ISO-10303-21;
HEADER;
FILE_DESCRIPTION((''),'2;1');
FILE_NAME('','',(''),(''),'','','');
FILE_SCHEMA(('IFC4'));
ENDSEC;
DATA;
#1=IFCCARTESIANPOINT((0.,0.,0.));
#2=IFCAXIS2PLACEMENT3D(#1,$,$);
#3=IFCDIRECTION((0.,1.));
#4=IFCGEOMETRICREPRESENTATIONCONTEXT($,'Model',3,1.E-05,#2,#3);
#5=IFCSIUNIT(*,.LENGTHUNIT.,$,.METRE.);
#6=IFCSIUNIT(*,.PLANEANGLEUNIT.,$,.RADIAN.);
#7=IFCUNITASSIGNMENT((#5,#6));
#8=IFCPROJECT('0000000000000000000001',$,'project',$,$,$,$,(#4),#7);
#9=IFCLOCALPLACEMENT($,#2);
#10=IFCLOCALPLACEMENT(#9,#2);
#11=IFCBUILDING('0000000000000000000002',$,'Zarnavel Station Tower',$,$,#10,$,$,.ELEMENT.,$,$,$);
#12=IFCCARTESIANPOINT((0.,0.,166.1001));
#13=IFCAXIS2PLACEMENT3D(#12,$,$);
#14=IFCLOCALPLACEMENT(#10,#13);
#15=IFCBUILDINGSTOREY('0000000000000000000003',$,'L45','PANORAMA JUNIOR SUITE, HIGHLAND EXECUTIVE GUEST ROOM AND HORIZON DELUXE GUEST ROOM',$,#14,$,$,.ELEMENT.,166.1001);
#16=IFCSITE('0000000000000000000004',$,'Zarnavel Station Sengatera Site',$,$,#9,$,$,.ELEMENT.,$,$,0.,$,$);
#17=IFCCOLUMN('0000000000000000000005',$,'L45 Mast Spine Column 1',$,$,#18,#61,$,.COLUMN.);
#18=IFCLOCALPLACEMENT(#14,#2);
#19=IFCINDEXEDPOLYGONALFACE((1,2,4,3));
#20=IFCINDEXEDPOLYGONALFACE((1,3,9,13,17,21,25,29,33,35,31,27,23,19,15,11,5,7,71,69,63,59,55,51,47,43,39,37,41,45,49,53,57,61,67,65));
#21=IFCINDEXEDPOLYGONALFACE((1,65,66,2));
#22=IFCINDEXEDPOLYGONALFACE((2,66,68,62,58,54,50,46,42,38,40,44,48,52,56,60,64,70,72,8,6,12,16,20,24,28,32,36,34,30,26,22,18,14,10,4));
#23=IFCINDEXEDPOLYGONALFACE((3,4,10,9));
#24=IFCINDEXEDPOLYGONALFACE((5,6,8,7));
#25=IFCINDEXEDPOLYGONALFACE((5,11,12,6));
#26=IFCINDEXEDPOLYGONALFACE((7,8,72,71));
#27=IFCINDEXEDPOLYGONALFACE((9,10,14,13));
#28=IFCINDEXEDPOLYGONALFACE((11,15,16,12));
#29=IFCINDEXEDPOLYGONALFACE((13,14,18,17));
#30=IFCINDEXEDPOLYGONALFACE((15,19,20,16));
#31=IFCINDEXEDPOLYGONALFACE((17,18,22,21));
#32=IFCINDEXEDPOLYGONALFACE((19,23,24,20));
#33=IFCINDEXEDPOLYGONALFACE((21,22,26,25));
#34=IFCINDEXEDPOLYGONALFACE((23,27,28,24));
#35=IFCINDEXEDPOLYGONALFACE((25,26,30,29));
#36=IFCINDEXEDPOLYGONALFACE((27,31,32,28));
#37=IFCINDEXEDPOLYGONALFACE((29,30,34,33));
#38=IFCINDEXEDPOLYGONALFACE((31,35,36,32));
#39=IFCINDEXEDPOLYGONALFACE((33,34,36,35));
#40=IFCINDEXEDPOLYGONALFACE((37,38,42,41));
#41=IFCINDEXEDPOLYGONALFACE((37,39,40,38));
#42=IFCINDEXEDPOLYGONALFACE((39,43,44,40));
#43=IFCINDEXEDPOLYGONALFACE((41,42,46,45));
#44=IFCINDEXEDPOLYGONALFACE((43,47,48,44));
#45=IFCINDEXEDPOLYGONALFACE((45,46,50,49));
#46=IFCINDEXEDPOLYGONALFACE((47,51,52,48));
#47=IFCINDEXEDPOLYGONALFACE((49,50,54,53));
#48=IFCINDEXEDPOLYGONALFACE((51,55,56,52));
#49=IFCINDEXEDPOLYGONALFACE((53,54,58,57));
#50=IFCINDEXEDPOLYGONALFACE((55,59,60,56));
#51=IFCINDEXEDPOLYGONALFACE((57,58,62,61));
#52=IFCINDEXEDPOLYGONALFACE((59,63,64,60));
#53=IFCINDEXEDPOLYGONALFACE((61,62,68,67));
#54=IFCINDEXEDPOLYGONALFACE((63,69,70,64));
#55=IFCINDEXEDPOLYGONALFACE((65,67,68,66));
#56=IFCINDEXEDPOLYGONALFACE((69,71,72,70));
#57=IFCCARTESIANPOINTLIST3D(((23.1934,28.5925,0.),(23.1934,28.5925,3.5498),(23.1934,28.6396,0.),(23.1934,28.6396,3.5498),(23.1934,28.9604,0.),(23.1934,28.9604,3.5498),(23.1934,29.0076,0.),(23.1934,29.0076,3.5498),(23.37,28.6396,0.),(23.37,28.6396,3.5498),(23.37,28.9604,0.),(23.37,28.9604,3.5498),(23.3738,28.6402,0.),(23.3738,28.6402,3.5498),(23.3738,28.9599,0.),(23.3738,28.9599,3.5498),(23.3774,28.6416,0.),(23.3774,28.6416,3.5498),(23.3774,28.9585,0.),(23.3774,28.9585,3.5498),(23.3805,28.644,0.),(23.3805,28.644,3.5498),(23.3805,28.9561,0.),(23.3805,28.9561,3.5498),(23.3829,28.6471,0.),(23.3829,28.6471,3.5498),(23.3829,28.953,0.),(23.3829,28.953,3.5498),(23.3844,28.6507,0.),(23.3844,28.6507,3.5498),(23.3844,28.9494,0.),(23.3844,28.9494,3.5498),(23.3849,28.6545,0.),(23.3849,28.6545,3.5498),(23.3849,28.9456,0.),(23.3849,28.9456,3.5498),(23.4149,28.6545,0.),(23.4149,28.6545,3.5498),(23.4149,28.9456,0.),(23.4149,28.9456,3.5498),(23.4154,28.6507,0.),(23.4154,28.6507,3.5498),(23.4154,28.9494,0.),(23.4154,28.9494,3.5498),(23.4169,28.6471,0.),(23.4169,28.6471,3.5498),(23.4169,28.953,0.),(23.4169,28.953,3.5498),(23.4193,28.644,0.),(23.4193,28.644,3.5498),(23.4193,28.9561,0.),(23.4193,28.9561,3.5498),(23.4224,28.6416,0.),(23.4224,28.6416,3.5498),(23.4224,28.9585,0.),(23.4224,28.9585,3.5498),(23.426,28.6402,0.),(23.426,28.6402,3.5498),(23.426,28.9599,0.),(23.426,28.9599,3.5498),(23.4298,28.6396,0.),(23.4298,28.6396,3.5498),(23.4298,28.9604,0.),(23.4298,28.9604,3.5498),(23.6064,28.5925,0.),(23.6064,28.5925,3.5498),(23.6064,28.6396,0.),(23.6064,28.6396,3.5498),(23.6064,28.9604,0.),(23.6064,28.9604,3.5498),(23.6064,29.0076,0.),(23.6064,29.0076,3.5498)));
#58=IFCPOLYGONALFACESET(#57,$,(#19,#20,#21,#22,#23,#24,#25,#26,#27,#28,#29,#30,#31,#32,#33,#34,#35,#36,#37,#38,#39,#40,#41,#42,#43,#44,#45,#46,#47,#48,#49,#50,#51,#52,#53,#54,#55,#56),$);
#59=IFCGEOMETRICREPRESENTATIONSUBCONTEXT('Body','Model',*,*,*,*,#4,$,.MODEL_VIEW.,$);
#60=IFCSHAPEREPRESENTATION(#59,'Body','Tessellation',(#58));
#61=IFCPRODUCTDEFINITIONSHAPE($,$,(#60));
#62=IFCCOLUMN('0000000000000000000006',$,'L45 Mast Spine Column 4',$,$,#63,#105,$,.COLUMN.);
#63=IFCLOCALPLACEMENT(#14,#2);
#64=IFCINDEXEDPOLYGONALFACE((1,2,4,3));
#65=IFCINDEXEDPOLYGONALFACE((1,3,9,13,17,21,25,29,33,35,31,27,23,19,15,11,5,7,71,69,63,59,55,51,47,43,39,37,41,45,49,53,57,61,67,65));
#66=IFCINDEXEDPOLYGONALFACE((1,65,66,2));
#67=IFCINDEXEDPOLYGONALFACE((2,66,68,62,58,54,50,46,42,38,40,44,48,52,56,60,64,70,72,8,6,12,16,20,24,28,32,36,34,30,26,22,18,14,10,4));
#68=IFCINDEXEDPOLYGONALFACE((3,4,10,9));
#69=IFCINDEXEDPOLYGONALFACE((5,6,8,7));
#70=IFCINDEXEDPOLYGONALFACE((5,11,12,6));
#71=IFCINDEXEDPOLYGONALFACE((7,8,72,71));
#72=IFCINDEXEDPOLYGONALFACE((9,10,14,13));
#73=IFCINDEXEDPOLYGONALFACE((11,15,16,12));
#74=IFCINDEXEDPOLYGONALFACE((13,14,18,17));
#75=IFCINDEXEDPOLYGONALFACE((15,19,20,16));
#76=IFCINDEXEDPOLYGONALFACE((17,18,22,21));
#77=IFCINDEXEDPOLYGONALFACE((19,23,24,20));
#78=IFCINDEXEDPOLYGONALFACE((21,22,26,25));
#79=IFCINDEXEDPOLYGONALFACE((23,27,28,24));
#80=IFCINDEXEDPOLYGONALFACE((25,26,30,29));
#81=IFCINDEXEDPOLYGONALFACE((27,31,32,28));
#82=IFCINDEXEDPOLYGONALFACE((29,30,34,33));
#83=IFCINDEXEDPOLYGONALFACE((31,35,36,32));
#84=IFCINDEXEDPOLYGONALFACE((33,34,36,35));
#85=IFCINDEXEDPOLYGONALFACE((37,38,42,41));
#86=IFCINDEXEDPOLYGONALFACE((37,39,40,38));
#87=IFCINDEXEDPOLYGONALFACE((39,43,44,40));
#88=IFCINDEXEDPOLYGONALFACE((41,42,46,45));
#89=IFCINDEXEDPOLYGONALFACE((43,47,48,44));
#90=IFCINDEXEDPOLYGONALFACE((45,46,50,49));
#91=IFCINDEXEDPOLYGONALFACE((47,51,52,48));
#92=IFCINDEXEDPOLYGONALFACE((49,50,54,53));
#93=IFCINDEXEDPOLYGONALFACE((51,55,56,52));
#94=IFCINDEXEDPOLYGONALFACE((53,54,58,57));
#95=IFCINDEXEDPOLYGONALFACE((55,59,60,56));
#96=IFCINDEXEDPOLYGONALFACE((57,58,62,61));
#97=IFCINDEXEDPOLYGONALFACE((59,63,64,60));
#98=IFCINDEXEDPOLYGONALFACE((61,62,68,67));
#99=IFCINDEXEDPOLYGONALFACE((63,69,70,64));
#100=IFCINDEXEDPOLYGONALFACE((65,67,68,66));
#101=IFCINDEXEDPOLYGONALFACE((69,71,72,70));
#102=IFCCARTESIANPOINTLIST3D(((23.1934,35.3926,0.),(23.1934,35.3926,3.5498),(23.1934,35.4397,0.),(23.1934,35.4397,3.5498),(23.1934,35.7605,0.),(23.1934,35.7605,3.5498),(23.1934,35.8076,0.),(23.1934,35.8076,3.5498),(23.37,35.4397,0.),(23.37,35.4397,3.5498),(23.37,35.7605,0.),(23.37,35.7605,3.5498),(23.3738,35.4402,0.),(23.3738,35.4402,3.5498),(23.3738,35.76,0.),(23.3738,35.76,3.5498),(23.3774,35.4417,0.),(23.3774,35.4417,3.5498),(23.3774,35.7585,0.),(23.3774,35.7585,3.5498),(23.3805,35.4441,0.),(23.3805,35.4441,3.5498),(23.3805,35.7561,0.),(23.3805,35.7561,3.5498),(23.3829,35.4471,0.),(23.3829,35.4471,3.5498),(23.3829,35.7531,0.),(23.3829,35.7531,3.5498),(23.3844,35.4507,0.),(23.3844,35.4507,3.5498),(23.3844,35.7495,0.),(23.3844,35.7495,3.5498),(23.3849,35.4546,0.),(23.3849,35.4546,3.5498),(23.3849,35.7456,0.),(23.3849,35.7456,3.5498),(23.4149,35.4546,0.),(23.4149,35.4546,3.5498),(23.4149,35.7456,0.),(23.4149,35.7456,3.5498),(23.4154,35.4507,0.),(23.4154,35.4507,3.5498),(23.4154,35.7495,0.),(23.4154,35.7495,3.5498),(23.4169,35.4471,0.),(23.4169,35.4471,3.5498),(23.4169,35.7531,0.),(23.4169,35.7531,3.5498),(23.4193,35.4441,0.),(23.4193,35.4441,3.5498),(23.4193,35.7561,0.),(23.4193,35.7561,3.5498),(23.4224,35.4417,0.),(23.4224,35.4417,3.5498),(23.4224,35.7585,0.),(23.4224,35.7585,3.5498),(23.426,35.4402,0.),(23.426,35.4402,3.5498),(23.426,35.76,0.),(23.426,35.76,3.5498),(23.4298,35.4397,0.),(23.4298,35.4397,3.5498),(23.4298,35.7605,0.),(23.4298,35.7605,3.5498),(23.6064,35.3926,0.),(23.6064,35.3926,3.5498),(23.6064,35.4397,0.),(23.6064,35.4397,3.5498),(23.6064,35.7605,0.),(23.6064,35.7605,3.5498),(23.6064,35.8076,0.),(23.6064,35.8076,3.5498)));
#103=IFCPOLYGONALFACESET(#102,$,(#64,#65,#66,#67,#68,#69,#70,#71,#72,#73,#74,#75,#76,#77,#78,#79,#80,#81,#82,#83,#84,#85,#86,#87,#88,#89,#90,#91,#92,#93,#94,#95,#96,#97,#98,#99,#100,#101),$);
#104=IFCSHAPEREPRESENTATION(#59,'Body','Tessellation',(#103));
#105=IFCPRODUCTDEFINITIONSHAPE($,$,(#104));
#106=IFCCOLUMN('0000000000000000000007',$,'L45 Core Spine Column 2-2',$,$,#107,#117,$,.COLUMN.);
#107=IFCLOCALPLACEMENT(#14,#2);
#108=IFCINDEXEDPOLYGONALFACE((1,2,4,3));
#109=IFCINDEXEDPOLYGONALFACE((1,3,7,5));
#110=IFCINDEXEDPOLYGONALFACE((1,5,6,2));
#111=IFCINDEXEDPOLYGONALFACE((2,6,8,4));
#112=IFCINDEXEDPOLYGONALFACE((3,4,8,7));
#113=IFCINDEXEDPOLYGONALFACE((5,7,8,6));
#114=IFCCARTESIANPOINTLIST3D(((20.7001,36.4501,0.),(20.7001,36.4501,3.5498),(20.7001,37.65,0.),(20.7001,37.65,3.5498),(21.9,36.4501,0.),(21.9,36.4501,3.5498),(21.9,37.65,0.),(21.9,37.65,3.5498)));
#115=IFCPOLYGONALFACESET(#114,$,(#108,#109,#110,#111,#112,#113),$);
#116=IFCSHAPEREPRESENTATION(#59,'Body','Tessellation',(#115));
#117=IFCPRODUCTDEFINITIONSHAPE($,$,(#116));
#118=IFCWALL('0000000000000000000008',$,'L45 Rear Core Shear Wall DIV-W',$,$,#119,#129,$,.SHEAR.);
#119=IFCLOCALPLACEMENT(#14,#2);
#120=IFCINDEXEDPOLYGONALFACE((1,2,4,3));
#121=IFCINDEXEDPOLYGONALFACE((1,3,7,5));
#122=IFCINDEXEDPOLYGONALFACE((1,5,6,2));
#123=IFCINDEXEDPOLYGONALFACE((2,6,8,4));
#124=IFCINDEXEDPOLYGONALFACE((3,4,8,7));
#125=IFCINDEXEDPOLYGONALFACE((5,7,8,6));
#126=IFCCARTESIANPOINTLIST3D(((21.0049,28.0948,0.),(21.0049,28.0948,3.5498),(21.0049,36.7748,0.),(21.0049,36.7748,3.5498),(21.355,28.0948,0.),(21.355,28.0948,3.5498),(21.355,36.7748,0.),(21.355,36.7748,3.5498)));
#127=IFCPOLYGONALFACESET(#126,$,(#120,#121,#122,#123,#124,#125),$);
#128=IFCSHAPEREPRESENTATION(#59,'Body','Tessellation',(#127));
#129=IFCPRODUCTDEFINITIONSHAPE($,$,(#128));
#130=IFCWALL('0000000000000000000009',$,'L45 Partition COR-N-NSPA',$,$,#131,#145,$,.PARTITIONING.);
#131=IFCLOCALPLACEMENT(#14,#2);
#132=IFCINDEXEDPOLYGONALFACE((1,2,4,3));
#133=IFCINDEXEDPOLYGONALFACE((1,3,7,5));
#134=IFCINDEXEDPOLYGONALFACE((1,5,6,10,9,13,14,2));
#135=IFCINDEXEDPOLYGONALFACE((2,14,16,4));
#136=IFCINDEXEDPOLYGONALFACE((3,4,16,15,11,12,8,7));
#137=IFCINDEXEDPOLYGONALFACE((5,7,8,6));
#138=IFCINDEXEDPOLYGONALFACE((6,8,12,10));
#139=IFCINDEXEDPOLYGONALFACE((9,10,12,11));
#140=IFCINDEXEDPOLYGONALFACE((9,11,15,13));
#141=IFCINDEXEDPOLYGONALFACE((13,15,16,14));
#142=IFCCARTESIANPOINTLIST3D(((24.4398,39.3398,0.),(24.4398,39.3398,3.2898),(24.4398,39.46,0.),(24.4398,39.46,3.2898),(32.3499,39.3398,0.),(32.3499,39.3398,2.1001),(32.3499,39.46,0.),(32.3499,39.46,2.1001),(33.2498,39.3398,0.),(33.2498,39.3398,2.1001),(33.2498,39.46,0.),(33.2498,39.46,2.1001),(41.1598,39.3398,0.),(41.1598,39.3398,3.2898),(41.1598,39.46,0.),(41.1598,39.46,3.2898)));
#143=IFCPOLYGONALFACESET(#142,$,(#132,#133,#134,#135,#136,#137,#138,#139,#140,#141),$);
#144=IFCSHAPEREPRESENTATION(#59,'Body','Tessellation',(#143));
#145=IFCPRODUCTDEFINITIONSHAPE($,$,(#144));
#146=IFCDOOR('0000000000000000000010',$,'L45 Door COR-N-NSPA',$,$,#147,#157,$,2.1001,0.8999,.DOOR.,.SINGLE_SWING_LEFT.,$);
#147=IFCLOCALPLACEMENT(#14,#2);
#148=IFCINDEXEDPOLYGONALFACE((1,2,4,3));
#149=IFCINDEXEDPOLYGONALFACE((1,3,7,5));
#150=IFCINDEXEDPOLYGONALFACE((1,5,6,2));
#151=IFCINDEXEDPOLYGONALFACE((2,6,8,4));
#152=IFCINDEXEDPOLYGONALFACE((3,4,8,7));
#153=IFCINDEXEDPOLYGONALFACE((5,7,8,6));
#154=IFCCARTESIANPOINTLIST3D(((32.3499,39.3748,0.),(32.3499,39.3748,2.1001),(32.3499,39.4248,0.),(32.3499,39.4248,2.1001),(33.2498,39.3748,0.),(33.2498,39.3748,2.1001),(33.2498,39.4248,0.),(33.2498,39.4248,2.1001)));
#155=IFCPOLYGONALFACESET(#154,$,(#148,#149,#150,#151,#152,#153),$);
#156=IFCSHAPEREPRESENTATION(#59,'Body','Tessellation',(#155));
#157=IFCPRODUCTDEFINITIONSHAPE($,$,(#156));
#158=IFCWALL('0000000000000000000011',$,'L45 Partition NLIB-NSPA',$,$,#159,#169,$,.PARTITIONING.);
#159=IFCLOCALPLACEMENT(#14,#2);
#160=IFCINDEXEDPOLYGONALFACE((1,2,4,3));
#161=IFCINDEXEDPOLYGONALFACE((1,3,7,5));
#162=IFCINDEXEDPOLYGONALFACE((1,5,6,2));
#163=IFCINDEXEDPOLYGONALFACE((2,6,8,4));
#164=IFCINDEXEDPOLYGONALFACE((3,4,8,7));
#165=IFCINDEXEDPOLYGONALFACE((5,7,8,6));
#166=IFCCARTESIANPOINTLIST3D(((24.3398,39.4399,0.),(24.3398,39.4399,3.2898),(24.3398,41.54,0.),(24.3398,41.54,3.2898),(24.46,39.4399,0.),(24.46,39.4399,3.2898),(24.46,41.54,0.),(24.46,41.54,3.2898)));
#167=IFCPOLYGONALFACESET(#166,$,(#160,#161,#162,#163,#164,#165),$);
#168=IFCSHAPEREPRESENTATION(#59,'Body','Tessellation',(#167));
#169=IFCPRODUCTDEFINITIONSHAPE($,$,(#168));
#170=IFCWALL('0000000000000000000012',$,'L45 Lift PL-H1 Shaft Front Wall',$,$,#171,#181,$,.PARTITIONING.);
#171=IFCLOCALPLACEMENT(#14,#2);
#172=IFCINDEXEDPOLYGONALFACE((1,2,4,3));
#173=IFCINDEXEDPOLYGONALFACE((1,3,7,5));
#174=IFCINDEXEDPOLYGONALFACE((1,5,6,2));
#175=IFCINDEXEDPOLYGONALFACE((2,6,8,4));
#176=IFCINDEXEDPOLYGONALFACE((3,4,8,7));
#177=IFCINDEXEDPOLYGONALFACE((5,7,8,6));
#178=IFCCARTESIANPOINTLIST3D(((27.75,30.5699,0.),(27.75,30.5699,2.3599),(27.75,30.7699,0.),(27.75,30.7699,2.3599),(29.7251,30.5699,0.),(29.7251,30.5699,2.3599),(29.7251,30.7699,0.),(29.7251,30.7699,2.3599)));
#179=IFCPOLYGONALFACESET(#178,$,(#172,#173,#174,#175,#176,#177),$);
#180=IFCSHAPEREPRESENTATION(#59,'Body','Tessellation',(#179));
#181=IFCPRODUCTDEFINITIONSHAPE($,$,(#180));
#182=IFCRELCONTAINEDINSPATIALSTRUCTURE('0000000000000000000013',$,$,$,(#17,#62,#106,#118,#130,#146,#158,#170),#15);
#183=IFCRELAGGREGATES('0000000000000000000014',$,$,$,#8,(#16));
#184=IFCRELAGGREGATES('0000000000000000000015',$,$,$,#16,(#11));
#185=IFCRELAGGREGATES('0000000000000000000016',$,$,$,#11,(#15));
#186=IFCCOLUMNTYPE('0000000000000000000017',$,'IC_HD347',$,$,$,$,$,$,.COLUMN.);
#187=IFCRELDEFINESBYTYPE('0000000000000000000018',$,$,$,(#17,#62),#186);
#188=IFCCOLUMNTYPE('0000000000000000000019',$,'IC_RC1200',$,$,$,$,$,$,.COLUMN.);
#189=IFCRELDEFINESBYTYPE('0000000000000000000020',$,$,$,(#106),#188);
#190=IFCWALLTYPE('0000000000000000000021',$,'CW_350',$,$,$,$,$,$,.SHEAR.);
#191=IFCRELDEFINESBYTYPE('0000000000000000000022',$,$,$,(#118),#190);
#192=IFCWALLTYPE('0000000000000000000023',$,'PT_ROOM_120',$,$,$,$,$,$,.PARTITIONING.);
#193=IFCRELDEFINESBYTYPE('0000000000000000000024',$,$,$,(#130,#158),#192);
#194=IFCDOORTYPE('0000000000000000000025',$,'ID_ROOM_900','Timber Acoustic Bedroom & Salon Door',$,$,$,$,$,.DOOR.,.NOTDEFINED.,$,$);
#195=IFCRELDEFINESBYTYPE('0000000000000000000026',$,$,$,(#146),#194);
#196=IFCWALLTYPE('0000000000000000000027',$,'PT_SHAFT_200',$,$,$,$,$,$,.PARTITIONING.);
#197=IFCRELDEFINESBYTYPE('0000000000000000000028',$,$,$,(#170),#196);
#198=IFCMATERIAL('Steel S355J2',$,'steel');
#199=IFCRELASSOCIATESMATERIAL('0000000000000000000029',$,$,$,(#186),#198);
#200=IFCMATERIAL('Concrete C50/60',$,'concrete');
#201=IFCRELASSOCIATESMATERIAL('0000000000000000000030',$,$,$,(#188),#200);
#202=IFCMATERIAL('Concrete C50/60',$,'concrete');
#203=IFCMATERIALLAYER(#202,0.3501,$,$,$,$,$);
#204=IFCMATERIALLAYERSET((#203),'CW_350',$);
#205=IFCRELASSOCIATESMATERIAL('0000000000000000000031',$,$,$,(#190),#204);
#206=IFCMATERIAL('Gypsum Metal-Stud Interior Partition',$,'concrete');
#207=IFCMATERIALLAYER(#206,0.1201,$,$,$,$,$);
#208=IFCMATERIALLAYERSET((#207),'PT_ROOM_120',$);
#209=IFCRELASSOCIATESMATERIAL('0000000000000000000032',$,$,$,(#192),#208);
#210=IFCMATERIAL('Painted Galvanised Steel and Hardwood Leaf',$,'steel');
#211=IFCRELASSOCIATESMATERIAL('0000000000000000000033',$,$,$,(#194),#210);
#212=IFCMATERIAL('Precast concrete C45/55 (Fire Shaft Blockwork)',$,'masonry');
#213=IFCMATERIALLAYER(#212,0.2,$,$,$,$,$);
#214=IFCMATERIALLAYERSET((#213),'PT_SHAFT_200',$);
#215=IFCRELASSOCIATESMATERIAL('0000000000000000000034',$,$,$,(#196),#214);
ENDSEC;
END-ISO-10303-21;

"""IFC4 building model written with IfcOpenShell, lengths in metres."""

from ifc_helpers import new_model, si_unit, direction, frame, frame_2d, origin, origin_2d, place, context, subcontext, project, spatial, rectangle, i_section, extrude, material, layer, layer_set, material_profile, profile_set, type_object, element, fill, save


model = new_model("IFC4")

# Units and contexts
model_context = context("Model", 3, precision=1e-05, world=origin(), true_north=direction((0.0, 1.0)))
body_context = subcontext(model_context, "Body", "Model", "MODEL_VIEW")
ifc_project = project(units=[si_unit("LENGTHUNIT", "METRE"), si_unit("PLANEANGLEUNIT", "RADIAN")], contexts=[model_context])

# Site, building, storey
site_placement = place(None, origin())
site = spatial("IfcSite", under=ifc_project, at=site_placement, Name="Zarnavel Station Sengatera Site", CompositionType="ELEMENT", RefElevation=0.0)
building_placement = place(site_placement, origin())
building = spatial("IfcBuilding", under=site, at=building_placement, Name="Zarnavel Station Tower", CompositionType="ELEMENT")
storey_placement = place(building_placement, frame((0.0, 0.0, 166.1001)))
storey = spatial("IfcBuildingStorey", under=building, at=storey_placement, Name="L45", Description="PANORAMA JUNIOR SUITE, HIGHLAND EXECUTIVE GUEST ROOM AND HORIZON DELUXE GUEST ROOM", CompositionType="ELEMENT", Elevation=166.1001)

# Columns
ifc_material_1 = material(Name="Steel S355J2", Category="steel")
ifc_material_profile_1 = material_profile(ifc_material_1, i_section(OverallWidth=0.4131, OverallDepth=0.415, WebThickness=0.03, FlangeThickness=0.0471, FilletRadius=0.0149, at=origin_2d()), Name="HD400x347")
ifc_profile_set_1 = profile_set([ifc_material_profile_1], Name="Steel S355J2")
column_type_1 = type_object("IfcColumnType", Name="IC_HD347", PredefinedType="COLUMN", material=ifc_profile_set_1)
for number, where, z_axis, x_axis, name in (
    (1, (23.3999, 28.8, 0.0), (0.0, 0.0, 1.0), (1.0, 0.0, 0.0), "L45 Mast Spine Column 1"),
    (2, (23.3999, 35.6001, 0.0), (0.0, 0.0, 1.0), (1.0, 0.0, 0.0), "L45 Mast Spine Column 4"),
):
    element("IfcColumn", number, at=place(storey_placement, frame(where, z_axis=z_axis, x_axis=x_axis)), inside=storey, type_object=column_type_1, Name=name, PredefinedType="COLUMN", context=body_context, shape_type="SweptSolid", body=[
        extrude(i_section(OverallWidth=0.4131, OverallDepth=0.415, WebThickness=0.03, FlangeThickness=0.0471, FilletRadius=0.0149, at=origin_2d()), origin(), (0.0, 0.0, 1.0), 3.5498),
    ])
ifc_material_2 = material(Name="Concrete C50/60", Category="concrete")
ifc_material_profile_2 = material_profile(ifc_material_2, rectangle(XDim=1.2, YDim=1.2, at=origin_2d()), Name="RC1200x1200")
ifc_profile_set_2 = profile_set([ifc_material_profile_2], Name="Concrete C50/60")
column_type_2 = type_object("IfcColumnType", Name="IC_RC1200", PredefinedType="COLUMN", material=ifc_profile_set_2)
column_placement = place(storey_placement, frame((21.3, 37.05, 0.0), z_axis=(0.0, 0.0, 1.0), x_axis=(1.0, 0.0, 0.0)))
element("IfcColumn", 3, at=column_placement, inside=storey, type_object=column_type_2, Name="L45 Core Spine Column 2-2", PredefinedType="COLUMN", context=body_context, shape_type="SweptSolid", body=[
    extrude(rectangle(XDim=1.2, YDim=1.2, at=origin_2d()), origin(), (0.0, 0.0, 1.0), 3.5498),
])

# Wall
ifc_material_3 = material(Name="Concrete C50/60", Category="concrete")
ifc_layer_1 = layer(ifc_material_3, 0.3501)
ifc_layer_set_1 = layer_set([ifc_layer_1], Name="CW_350")
wall_type_1 = type_object("IfcWallType", Name="CW_350", PredefinedType="SHEAR", material=ifc_layer_set_1)
wall_1_placement = place(storey_placement, frame((21.1799, 28.095, 0.0), z_axis=(0.0, 0.0, 1.0), x_axis=(0.0, 1.0, 0.0)))
element("IfcWall", 4, at=wall_1_placement, inside=storey, type_object=wall_type_1, Name="L45 Rear Core Shear Wall DIV-W", PredefinedType="SHEAR", context=body_context, shape_type="SweptSolid", body=[
    extrude(rectangle(XDim=8.6799, YDim=0.3501, at=frame_2d((4.3398, 0.0))), origin(), (0.0, 0.0, 1.0), 3.5498),
])

# Wall, opening, door
ifc_material_4 = material(Name="Gypsum Metal-Stud Interior Partition", Category="concrete")
ifc_layer_2 = layer(ifc_material_4, 0.1201)
ifc_layer_set_2 = layer_set([ifc_layer_2], Name="PT_ROOM_120")
wall_type_2 = type_object("IfcWallType", Name="PT_ROOM_120", PredefinedType="PARTITIONING", material=ifc_layer_set_2)
wall_2_placement = place(storey_placement, frame((24.4399, 39.3999, 0.0), z_axis=(0.0, 0.0, 1.0), x_axis=(1.0, 0.0, 0.0)))
wall_2 = element("IfcWall", 5, at=wall_2_placement, inside=storey, type_object=wall_type_2, Name="L45 Partition COR-N-NSPA", PredefinedType="PARTITIONING", context=body_context, shape_type="SweptSolid", body=[
    extrude(rectangle(XDim=16.72, YDim=0.1201, at=frame_2d((8.3599, 0.0))), origin(), (0.0, 0.0, 1.0), 3.2898),
])
opening_1_placement = place(wall_2_placement, frame((7.9099, 0.0, 0.0)))
opening_1 = element("IfcOpeningElement", 6, at=opening_1_placement, cuts=wall_2, PredefinedType="OPENING", context=body_context, shape_type="SweptSolid", body=[
    extrude(rectangle(XDim=0.8999, YDim=2.1001, at=frame_2d((0.45, 1.05))), frame((0.0, 0.0701, 0.0), z_axis=(0.0, -1.0, 0.0), x_axis=(1.0, 0.0, 0.0)), (0.0, 0.0, 1.0), 0.1401),
])
ifc_material_5 = material(Name="Painted Galvanised Steel and Hardwood Leaf", Category="steel")
door_type_1 = type_object("IfcDoorType", Name="ID_ROOM_900", Description="Timber Acoustic Bedroom & Salon Door", OperationType="NOTDEFINED", PredefinedType="DOOR", material=ifc_material_5)
door_1_placement = place(opening_1_placement, origin())
door_1 = element("IfcDoor", 7, at=door_1_placement, inside=storey, type_object=door_type_1, Name="L45 Door COR-N-NSPA", OperationType="SINGLE_SWING_LEFT", OverallHeight=2.1001, OverallWidth=0.8999, PredefinedType="DOOR", context=body_context, shape_type="SweptSolid", body=[
    extrude(rectangle(XDim=0.8999, YDim=2.1001, at=frame_2d((0.45, 1.05))), frame((0.0, 0.0249, 0.0), z_axis=(0.0, -1.0, 0.0), x_axis=(1.0, 0.0, 0.0)), (0.0, 0.0, 1.0), 0.05),
])
fill(opening_1, door_1)

# Walls
wall_3_placement = place(storey_placement, frame((24.3999, 39.4399, 0.0), z_axis=(0.0, 0.0, 1.0), x_axis=(0.0, 1.0, 0.0)))
element("IfcWall", 8, at=wall_3_placement, inside=storey, type_object=wall_type_2, Name="L45 Partition NLIB-NSPA", PredefinedType="PARTITIONING", context=body_context, shape_type="SweptSolid", body=[
    extrude(rectangle(XDim=2.1001, YDim=0.1201, at=frame_2d((1.05, 0.0))), origin(), (0.0, 0.0, 1.0), 3.2898),
])
ifc_material_6 = material(Name="Precast concrete C45/55 (Fire Shaft Blockwork)", Category="masonry")
ifc_layer_3 = layer(ifc_material_6, 0.2)
ifc_layer_set_3 = layer_set([ifc_layer_3], Name="PT_SHAFT_200")
wall_type_3 = type_object("IfcWallType", Name="PT_SHAFT_200", PredefinedType="PARTITIONING", material=ifc_layer_set_3)
wall_4_placement = place(storey_placement, frame((27.75, 30.6699, 0.0), z_axis=(0.0, 0.0, 1.0), x_axis=(1.0, 0.0, 0.0)))
element("IfcWall", 9, at=wall_4_placement, inside=storey, type_object=wall_type_3, Name="L45 Lift PL-H1 Shaft Front Wall", PredefinedType="PARTITIONING", context=body_context, shape_type="SweptSolid", body=[
    extrude(rectangle(XDim=1.9751, YDim=0.2, at=frame_2d((0.9875, 0.0))), origin(), (0.0, 0.0, 1.0), 2.3599),
])

save(model, "model.ifc")
